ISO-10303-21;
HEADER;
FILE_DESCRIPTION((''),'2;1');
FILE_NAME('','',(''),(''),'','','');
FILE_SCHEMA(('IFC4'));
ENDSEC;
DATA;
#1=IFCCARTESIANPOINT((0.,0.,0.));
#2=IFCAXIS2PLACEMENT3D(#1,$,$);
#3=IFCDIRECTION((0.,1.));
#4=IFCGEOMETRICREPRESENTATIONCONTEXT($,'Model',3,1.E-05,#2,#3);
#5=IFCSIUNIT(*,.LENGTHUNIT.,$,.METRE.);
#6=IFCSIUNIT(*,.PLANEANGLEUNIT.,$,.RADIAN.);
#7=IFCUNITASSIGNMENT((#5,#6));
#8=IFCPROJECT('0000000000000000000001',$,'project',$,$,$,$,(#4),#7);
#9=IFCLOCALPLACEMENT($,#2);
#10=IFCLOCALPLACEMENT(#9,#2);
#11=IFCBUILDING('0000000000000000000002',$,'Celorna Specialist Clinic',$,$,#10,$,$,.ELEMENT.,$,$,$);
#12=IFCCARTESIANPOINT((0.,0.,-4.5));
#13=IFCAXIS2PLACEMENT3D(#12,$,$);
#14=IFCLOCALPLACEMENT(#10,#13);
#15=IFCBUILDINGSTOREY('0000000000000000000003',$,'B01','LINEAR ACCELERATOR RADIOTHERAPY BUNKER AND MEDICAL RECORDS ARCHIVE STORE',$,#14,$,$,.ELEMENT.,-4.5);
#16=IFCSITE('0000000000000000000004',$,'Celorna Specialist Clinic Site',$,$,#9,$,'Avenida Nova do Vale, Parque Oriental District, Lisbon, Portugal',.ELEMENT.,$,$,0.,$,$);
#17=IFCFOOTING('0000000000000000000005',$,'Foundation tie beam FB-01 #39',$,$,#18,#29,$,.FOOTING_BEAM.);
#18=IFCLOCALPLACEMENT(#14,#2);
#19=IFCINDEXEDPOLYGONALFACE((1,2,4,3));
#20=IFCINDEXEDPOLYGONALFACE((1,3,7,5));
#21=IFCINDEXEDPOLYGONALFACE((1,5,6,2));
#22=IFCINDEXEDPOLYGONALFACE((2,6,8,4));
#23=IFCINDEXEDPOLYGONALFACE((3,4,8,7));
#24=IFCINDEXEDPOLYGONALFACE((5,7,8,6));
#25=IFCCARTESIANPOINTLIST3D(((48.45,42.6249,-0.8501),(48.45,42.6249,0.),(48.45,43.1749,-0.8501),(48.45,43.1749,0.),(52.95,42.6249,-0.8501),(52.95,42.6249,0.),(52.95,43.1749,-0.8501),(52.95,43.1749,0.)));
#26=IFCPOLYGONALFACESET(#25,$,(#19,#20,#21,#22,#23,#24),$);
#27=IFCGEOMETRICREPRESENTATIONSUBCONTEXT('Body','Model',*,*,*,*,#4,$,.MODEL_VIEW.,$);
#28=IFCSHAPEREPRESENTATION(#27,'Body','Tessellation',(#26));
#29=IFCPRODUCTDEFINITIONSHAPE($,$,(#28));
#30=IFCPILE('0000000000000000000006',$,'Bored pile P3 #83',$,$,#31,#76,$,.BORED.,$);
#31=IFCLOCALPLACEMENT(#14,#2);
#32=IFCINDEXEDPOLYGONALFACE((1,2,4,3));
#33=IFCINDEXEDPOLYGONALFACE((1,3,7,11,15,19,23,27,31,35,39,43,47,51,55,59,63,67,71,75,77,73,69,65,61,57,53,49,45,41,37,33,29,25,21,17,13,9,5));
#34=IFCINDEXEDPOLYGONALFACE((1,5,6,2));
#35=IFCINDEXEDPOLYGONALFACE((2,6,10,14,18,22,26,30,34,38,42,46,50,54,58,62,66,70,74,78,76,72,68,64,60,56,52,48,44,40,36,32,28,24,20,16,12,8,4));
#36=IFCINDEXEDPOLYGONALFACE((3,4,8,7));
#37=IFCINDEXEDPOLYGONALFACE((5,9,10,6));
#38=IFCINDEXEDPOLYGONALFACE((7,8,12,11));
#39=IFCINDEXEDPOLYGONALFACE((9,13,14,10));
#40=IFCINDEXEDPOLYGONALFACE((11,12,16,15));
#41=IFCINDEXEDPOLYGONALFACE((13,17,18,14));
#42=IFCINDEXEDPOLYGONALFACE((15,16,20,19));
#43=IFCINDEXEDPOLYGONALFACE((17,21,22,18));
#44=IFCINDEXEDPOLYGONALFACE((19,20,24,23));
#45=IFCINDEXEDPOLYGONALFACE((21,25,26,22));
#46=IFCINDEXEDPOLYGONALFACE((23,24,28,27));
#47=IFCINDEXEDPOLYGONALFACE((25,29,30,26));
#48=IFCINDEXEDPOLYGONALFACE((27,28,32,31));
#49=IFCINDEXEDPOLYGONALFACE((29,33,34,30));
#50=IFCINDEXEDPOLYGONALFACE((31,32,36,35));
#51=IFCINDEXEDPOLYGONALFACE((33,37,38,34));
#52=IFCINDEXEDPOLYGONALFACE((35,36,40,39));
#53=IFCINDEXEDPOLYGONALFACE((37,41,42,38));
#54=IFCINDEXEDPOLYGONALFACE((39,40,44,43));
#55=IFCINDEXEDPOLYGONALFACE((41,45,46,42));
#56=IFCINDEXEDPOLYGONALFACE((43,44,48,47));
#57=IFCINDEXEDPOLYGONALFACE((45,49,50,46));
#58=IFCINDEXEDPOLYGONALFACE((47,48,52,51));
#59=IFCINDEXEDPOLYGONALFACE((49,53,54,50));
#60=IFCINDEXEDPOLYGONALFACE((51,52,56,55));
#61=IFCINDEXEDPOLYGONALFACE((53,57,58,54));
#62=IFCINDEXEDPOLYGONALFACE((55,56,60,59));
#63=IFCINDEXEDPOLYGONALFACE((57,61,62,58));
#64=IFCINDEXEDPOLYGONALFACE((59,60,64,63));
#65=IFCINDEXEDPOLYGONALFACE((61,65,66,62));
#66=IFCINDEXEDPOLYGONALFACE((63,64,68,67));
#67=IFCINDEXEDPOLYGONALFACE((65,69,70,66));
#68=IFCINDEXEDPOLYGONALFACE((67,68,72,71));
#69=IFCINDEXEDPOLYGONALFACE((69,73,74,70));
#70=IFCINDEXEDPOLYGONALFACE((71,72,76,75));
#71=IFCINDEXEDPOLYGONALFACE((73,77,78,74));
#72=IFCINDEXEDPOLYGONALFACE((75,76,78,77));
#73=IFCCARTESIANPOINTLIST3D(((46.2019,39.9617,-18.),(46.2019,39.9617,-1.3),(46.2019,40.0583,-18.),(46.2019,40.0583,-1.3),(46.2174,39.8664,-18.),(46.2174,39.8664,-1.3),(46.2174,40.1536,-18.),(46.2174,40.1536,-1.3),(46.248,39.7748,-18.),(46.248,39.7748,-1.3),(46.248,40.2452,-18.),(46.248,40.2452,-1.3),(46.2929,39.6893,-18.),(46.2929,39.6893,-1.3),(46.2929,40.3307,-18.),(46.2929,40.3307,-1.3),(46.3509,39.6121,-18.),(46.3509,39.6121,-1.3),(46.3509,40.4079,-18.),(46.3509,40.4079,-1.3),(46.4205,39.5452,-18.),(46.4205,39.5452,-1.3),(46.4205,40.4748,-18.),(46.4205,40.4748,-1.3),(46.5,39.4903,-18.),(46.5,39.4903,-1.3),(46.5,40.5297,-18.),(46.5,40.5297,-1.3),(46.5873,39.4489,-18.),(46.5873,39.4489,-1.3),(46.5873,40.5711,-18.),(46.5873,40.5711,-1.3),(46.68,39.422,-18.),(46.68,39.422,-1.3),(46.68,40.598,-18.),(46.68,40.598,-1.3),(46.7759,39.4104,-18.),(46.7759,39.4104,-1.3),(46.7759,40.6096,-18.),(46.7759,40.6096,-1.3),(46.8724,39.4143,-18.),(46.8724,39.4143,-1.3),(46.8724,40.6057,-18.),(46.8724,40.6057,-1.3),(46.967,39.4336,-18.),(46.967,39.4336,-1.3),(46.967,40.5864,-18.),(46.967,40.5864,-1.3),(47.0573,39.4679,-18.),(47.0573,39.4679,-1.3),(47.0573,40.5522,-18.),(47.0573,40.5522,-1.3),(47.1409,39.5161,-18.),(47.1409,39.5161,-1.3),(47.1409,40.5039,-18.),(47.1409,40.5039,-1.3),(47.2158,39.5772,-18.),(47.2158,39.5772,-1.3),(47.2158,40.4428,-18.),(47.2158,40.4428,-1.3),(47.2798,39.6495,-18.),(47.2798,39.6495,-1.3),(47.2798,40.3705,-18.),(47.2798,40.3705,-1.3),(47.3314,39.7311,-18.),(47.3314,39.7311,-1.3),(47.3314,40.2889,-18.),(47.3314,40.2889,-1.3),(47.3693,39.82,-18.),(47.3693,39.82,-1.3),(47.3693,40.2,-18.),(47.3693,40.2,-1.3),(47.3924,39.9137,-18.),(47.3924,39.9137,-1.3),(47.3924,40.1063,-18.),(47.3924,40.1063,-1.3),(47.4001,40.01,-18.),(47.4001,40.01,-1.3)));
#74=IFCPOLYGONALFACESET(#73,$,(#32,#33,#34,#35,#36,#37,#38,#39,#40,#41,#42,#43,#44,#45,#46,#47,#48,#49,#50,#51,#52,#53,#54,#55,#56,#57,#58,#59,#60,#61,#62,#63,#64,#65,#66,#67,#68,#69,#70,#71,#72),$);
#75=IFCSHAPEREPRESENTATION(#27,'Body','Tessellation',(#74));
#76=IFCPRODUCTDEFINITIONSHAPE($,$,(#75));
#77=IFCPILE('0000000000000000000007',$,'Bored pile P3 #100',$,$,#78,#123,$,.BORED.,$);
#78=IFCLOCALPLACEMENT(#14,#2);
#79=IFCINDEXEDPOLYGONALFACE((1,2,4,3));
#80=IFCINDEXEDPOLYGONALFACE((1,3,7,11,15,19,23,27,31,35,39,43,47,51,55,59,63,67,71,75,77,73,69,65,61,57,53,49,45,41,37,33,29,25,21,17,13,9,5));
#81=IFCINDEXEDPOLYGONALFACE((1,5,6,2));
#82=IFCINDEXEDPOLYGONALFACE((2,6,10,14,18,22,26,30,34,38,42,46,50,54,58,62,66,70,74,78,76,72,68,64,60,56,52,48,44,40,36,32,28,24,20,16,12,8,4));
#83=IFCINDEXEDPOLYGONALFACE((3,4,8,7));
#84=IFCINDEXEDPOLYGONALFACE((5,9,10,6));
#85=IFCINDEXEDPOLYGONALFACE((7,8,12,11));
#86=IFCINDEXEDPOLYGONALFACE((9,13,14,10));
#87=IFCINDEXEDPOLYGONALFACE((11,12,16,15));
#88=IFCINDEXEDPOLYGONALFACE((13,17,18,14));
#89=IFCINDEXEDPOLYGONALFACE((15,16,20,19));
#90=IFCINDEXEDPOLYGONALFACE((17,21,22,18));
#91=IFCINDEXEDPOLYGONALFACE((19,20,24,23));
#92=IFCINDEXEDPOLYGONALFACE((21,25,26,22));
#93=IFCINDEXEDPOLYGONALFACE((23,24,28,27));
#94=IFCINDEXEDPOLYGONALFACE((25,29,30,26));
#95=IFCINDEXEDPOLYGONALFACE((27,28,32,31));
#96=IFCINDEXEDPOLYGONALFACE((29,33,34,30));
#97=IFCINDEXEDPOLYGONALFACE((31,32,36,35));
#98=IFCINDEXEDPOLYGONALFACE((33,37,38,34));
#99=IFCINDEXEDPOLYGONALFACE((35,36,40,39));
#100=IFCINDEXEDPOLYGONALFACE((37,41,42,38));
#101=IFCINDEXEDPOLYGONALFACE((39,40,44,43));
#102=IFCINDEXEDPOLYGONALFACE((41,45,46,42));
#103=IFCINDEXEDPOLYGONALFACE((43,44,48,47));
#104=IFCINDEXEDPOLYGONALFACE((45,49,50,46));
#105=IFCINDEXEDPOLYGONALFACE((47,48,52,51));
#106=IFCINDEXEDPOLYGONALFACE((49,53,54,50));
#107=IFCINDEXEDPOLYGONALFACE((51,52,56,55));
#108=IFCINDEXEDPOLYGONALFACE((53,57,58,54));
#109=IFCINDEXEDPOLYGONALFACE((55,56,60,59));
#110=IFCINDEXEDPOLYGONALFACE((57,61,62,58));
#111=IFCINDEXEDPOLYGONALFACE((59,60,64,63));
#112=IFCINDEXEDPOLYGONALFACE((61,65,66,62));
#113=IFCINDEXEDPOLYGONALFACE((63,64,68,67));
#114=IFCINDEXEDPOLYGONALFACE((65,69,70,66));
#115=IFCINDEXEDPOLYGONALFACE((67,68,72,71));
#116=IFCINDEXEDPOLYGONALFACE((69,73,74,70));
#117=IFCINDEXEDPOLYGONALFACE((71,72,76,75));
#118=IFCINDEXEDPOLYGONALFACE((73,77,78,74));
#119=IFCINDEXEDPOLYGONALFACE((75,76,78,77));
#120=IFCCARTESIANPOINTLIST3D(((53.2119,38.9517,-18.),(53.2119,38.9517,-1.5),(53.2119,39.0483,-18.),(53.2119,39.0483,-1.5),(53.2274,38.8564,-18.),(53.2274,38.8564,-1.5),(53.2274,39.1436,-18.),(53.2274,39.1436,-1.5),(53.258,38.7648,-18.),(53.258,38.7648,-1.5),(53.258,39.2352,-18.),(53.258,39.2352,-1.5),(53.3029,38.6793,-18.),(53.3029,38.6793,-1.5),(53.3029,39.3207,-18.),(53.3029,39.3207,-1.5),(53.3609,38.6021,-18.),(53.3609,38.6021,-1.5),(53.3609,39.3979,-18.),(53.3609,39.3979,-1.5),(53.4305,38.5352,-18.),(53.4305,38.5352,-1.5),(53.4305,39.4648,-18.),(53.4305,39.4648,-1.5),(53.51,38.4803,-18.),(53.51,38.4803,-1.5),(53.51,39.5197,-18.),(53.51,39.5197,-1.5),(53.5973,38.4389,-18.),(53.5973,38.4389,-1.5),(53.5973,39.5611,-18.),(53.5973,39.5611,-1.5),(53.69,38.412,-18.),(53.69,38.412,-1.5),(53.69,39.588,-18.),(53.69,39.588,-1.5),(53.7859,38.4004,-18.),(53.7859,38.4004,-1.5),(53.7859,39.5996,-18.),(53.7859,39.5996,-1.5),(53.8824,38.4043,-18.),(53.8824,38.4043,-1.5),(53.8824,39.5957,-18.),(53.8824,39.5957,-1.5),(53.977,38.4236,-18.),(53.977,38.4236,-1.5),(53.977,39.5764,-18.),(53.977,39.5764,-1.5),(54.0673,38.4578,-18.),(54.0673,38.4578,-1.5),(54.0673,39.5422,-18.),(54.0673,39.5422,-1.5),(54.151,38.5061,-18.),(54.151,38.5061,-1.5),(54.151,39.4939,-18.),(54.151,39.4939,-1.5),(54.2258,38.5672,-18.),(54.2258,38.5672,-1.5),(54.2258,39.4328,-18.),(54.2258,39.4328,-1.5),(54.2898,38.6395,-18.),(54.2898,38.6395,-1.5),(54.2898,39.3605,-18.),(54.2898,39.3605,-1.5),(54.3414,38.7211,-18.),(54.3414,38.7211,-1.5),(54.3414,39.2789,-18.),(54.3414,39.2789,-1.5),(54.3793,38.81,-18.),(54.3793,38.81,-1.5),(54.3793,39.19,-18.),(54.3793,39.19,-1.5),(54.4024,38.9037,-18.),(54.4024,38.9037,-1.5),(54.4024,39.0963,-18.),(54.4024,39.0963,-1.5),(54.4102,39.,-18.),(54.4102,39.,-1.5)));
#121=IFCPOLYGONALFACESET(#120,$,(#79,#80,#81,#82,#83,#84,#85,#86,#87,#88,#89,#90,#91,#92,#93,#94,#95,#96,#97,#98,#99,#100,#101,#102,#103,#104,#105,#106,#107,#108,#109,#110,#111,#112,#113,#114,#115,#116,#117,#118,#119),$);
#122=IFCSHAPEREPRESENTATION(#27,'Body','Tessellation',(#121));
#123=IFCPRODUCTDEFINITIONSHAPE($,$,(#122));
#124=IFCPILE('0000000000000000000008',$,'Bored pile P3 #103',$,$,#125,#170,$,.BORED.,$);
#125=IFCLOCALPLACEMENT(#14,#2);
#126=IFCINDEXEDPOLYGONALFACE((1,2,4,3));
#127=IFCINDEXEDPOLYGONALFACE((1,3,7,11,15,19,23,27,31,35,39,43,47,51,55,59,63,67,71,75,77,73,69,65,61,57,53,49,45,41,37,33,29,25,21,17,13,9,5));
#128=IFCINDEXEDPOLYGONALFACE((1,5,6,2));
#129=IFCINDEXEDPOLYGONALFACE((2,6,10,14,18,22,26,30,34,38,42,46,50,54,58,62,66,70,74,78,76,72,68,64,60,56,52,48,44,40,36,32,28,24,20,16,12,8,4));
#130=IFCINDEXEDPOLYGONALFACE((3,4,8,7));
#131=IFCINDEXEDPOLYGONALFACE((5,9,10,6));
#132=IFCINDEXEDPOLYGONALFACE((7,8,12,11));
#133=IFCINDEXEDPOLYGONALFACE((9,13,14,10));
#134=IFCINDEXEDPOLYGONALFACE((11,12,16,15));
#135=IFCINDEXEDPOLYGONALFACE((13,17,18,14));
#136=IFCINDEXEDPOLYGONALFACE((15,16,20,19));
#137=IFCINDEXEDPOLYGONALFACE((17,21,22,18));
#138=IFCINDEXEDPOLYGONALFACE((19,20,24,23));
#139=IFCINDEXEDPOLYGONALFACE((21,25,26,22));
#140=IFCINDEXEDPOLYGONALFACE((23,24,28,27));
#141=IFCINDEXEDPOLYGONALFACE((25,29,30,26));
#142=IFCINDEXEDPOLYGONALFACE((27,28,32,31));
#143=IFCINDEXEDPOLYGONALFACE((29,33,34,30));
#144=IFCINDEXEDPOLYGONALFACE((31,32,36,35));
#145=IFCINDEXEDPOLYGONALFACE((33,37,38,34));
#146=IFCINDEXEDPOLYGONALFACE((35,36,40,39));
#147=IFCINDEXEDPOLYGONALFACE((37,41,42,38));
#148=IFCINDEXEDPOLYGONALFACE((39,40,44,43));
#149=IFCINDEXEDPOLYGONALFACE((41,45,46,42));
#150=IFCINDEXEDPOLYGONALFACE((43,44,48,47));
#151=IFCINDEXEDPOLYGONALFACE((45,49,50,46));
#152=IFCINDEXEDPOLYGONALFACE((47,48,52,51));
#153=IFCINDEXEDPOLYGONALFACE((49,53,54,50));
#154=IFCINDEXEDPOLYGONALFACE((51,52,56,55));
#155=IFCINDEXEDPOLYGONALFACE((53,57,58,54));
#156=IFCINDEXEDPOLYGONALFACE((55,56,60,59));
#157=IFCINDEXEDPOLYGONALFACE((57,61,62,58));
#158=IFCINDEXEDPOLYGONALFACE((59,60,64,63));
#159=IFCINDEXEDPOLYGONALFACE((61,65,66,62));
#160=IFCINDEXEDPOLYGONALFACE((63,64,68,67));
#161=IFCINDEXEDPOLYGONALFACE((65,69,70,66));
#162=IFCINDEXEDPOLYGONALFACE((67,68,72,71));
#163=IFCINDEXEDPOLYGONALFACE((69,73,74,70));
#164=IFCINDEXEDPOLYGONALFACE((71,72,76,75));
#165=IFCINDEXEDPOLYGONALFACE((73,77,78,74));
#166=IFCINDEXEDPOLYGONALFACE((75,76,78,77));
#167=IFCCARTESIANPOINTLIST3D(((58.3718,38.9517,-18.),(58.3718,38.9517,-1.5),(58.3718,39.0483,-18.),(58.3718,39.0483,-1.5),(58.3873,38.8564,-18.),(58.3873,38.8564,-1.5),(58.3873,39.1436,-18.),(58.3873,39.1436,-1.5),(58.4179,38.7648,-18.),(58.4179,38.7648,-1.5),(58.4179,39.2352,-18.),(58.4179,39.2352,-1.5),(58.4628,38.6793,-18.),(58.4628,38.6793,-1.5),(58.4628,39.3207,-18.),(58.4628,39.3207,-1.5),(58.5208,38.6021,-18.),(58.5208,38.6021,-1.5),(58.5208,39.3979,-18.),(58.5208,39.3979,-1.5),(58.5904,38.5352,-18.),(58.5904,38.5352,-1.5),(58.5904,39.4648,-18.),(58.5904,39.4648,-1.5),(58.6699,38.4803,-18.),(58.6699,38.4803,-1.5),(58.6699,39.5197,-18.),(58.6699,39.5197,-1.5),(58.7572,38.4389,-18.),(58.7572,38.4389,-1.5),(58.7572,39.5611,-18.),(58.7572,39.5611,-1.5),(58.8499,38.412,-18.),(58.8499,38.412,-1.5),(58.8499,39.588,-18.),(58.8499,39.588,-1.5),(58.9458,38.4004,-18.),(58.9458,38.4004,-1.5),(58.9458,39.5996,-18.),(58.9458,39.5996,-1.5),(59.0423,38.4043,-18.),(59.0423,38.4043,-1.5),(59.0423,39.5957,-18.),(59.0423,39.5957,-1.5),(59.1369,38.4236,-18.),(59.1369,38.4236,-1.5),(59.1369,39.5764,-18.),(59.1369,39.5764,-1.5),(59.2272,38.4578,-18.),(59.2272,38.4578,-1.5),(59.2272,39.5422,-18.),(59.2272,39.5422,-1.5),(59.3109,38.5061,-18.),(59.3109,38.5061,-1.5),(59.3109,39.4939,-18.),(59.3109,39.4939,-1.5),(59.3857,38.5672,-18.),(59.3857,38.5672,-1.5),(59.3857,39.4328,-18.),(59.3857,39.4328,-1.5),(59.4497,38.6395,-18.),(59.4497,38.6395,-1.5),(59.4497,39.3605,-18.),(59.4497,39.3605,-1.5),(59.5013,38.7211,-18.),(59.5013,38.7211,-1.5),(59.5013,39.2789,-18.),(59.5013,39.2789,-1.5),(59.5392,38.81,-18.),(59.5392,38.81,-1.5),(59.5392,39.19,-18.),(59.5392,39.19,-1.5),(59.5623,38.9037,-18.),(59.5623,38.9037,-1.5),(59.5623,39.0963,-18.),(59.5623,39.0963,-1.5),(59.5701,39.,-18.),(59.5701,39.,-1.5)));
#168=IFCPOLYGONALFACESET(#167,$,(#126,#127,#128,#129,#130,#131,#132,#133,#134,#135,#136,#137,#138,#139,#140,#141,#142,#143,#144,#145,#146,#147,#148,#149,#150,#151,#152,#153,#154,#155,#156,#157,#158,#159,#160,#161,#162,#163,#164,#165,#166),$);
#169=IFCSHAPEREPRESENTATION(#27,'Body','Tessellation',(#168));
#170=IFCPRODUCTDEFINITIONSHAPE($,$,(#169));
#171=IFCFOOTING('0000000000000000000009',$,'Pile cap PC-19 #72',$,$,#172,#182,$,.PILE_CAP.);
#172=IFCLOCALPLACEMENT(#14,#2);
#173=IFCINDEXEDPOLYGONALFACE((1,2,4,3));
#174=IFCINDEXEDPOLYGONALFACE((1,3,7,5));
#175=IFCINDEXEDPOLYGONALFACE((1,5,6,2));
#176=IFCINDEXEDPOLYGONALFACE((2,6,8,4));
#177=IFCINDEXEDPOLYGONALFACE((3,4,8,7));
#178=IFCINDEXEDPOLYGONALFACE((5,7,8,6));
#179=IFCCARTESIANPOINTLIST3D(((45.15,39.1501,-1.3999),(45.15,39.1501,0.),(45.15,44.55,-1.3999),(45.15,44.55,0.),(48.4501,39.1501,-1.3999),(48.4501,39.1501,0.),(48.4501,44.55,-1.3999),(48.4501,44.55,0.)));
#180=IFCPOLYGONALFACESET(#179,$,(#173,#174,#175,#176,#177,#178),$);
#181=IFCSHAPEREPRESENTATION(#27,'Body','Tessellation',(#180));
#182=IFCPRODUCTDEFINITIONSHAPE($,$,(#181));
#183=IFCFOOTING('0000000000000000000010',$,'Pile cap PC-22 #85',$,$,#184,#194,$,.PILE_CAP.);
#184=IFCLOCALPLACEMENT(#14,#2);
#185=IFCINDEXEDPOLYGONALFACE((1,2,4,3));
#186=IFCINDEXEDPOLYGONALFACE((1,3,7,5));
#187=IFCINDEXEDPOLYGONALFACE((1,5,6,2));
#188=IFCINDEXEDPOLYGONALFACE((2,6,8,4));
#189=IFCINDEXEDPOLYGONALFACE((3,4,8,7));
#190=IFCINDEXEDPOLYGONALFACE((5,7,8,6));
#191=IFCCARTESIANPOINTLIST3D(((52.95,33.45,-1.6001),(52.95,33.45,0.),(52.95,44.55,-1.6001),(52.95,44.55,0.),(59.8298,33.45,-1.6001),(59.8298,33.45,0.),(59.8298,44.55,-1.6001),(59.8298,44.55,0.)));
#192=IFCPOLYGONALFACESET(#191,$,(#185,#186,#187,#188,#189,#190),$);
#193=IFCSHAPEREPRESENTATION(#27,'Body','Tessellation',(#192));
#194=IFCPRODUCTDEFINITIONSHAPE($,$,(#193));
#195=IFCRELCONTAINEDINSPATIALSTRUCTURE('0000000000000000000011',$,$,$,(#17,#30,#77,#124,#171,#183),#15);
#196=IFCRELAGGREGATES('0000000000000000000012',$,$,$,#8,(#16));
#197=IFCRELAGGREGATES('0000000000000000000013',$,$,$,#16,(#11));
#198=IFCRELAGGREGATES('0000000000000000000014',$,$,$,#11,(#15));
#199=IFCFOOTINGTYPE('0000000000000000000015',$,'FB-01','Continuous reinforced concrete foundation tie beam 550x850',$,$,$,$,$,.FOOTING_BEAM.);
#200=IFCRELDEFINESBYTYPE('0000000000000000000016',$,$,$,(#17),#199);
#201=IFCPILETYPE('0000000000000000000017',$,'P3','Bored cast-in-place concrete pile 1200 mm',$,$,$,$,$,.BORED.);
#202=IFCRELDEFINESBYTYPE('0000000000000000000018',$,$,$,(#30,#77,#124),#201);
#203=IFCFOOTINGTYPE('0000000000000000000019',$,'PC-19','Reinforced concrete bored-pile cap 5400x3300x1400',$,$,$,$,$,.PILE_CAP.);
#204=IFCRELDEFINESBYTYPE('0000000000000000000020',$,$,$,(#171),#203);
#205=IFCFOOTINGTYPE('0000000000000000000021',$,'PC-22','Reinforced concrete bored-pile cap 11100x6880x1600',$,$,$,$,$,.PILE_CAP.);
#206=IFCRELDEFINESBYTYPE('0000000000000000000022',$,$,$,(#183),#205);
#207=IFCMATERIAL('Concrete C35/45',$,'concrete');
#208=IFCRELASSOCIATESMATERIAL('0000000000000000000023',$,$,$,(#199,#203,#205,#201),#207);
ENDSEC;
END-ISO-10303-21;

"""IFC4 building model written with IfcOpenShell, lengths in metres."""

from ifc_helpers import new_model, si_unit, direction, frame, origin, origin_2d, place, context, subcontext, project, spatial, rectangle, circle, extrude, material, material_profile, profile_set, type_object, element, save


model = new_model("IFC4")

# Units and contexts
model_context = context("Model", 3, precision=1e-05, world=origin(), true_north=direction((0.0, 1.0)))
body_context = subcontext(model_context, "Body", "Model", "MODEL_VIEW")
ifc_project = project(units=[si_unit("LENGTHUNIT", "METRE"), si_unit("PLANEANGLEUNIT", "RADIAN")], contexts=[model_context])

# Site, building, storey
site_placement = place(None, origin())
site = spatial("IfcSite", under=ifc_project, at=site_placement, Name="Celorna Specialist Clinic Site", LongName="Avenida Nova do Vale, Parque Oriental District, Lisbon, Portugal", CompositionType="ELEMENT", RefElevation=0.0)
building_placement = place(site_placement, origin())
building = spatial("IfcBuilding", under=site, at=building_placement, Name="Celorna Specialist Clinic", CompositionType="ELEMENT")
storey_placement = place(building_placement, frame((0.0, 0.0, -4.5)))
storey = spatial("IfcBuildingStorey", under=building, at=storey_placement, Name="B01", Description="LINEAR ACCELERATOR RADIOTHERAPY BUNKER AND MEDICAL RECORDS ARCHIVE STORE", CompositionType="ELEMENT", Elevation=-4.5)

# Footing
ifc_material_1 = material(Name="Concrete C35/45", Category="concrete")
footing_type_1 = type_object("IfcFootingType", Name="FB-01", Description="Continuous reinforced concrete foundation tie beam 550x850", PredefinedType="FOOTING_BEAM", material=ifc_material_1)
footing_1_placement = place(storey_placement, frame((50.7, 42.8999, -0.8501), z_axis=(0.0, 0.0, 1.0), x_axis=(1.0, 0.0, 0.0)))
element("IfcFooting", 1, at=footing_1_placement, inside=storey, type_object=footing_type_1, Name="Foundation tie beam FB-01 #39", PredefinedType="FOOTING_BEAM", context=body_context, shape_type="SweptSolid", body=[
    extrude(rectangle(XDim=4.5, YDim=0.55, at=origin_2d()), origin(), (0.0, 0.0, 1.0), 0.8501),
])

# Piles
ifc_material_profile_1 = material_profile(ifc_material_1, circle(Radius=0.6001, at=origin_2d()), Name="BORED PILE 1200")
ifc_profile_set_1 = profile_set([ifc_material_profile_1], Name="Concrete C35/45")
pile_type = type_object("IfcPileType", Name="P3", Description="Bored cast-in-place concrete pile 1200 mm", PredefinedType="BORED", material=ifc_profile_set_1)
pile_placement = place(storey_placement, frame((46.8, 40.01, -1.3), z_axis=(0.0, 0.0, -1.0), x_axis=(1.0, 0.0, 0.0)))
element("IfcPile", 2, at=pile_placement, inside=storey, type_object=pile_type, Name="Bored pile P3 #83", PredefinedType="BORED", context=body_context, shape_type="SweptSolid", body=[
    extrude(circle(Radius=0.6001, at=origin_2d()), origin(), (0.0, 0.0, 1.0), 16.7),
])
for number, where, z_axis, x_axis, name in (
    (3, (53.8101, 39.0, -1.5), (0.0, 0.0, -1.0), (1.0, 0.0, 0.0), "Bored pile P3 #100"),
    (4, (58.97, 39.0, -1.5), (0.0, 0.0, -1.0), (1.0, 0.0, 0.0), "Bored pile P3 #103"),
):
    element("IfcPile", number, at=place(storey_placement, frame(where, z_axis=z_axis, x_axis=x_axis)), inside=storey, type_object=pile_type, Name=name, PredefinedType="BORED", context=body_context, shape_type="SweptSolid", body=[
        extrude(circle(Radius=0.6001, at=origin_2d()), origin(), (0.0, 0.0, 1.0), 16.5),
    ])

# Footings
footing_type_2 = type_object("IfcFootingType", Name="PC-19", Description="Reinforced concrete bored-pile cap 5400x3300x1400", PredefinedType="PILE_CAP", material=ifc_material_1)
footing_2_placement = place(storey_placement, frame((46.8, 41.8501, -1.3999), z_axis=(0.0, 0.0, 1.0), x_axis=(1.0, 0.0, 0.0)))
element("IfcFooting", 5, at=footing_2_placement, inside=storey, type_object=footing_type_2, Name="Pile cap PC-19 #72", PredefinedType="PILE_CAP", context=body_context, shape_type="SweptSolid", body=[
    extrude(rectangle(XDim=3.3, YDim=5.3999, at=origin_2d()), origin(), (0.0, 0.0, 1.0), 1.3999),
])
footing_type_3 = type_object("IfcFootingType", Name="PC-22", Description="Reinforced concrete bored-pile cap 11100x6880x1600", PredefinedType="PILE_CAP", material=ifc_material_1)
footing_3_placement = place(storey_placement, frame((56.3899, 39.0, -1.6001), z_axis=(0.0, 0.0, 1.0), x_axis=(1.0, 0.0, 0.0)))
element("IfcFooting", 6, at=footing_3_placement, inside=storey, type_object=footing_type_3, Name="Pile cap PC-22 #85", PredefinedType="PILE_CAP", context=body_context, shape_type="SweptSolid", body=[
    extrude(rectangle(XDim=6.8799, YDim=11.1001, at=origin_2d()), origin(), (0.0, 0.0, 1.0), 1.6001),
])

save(model, "model.ifc")
